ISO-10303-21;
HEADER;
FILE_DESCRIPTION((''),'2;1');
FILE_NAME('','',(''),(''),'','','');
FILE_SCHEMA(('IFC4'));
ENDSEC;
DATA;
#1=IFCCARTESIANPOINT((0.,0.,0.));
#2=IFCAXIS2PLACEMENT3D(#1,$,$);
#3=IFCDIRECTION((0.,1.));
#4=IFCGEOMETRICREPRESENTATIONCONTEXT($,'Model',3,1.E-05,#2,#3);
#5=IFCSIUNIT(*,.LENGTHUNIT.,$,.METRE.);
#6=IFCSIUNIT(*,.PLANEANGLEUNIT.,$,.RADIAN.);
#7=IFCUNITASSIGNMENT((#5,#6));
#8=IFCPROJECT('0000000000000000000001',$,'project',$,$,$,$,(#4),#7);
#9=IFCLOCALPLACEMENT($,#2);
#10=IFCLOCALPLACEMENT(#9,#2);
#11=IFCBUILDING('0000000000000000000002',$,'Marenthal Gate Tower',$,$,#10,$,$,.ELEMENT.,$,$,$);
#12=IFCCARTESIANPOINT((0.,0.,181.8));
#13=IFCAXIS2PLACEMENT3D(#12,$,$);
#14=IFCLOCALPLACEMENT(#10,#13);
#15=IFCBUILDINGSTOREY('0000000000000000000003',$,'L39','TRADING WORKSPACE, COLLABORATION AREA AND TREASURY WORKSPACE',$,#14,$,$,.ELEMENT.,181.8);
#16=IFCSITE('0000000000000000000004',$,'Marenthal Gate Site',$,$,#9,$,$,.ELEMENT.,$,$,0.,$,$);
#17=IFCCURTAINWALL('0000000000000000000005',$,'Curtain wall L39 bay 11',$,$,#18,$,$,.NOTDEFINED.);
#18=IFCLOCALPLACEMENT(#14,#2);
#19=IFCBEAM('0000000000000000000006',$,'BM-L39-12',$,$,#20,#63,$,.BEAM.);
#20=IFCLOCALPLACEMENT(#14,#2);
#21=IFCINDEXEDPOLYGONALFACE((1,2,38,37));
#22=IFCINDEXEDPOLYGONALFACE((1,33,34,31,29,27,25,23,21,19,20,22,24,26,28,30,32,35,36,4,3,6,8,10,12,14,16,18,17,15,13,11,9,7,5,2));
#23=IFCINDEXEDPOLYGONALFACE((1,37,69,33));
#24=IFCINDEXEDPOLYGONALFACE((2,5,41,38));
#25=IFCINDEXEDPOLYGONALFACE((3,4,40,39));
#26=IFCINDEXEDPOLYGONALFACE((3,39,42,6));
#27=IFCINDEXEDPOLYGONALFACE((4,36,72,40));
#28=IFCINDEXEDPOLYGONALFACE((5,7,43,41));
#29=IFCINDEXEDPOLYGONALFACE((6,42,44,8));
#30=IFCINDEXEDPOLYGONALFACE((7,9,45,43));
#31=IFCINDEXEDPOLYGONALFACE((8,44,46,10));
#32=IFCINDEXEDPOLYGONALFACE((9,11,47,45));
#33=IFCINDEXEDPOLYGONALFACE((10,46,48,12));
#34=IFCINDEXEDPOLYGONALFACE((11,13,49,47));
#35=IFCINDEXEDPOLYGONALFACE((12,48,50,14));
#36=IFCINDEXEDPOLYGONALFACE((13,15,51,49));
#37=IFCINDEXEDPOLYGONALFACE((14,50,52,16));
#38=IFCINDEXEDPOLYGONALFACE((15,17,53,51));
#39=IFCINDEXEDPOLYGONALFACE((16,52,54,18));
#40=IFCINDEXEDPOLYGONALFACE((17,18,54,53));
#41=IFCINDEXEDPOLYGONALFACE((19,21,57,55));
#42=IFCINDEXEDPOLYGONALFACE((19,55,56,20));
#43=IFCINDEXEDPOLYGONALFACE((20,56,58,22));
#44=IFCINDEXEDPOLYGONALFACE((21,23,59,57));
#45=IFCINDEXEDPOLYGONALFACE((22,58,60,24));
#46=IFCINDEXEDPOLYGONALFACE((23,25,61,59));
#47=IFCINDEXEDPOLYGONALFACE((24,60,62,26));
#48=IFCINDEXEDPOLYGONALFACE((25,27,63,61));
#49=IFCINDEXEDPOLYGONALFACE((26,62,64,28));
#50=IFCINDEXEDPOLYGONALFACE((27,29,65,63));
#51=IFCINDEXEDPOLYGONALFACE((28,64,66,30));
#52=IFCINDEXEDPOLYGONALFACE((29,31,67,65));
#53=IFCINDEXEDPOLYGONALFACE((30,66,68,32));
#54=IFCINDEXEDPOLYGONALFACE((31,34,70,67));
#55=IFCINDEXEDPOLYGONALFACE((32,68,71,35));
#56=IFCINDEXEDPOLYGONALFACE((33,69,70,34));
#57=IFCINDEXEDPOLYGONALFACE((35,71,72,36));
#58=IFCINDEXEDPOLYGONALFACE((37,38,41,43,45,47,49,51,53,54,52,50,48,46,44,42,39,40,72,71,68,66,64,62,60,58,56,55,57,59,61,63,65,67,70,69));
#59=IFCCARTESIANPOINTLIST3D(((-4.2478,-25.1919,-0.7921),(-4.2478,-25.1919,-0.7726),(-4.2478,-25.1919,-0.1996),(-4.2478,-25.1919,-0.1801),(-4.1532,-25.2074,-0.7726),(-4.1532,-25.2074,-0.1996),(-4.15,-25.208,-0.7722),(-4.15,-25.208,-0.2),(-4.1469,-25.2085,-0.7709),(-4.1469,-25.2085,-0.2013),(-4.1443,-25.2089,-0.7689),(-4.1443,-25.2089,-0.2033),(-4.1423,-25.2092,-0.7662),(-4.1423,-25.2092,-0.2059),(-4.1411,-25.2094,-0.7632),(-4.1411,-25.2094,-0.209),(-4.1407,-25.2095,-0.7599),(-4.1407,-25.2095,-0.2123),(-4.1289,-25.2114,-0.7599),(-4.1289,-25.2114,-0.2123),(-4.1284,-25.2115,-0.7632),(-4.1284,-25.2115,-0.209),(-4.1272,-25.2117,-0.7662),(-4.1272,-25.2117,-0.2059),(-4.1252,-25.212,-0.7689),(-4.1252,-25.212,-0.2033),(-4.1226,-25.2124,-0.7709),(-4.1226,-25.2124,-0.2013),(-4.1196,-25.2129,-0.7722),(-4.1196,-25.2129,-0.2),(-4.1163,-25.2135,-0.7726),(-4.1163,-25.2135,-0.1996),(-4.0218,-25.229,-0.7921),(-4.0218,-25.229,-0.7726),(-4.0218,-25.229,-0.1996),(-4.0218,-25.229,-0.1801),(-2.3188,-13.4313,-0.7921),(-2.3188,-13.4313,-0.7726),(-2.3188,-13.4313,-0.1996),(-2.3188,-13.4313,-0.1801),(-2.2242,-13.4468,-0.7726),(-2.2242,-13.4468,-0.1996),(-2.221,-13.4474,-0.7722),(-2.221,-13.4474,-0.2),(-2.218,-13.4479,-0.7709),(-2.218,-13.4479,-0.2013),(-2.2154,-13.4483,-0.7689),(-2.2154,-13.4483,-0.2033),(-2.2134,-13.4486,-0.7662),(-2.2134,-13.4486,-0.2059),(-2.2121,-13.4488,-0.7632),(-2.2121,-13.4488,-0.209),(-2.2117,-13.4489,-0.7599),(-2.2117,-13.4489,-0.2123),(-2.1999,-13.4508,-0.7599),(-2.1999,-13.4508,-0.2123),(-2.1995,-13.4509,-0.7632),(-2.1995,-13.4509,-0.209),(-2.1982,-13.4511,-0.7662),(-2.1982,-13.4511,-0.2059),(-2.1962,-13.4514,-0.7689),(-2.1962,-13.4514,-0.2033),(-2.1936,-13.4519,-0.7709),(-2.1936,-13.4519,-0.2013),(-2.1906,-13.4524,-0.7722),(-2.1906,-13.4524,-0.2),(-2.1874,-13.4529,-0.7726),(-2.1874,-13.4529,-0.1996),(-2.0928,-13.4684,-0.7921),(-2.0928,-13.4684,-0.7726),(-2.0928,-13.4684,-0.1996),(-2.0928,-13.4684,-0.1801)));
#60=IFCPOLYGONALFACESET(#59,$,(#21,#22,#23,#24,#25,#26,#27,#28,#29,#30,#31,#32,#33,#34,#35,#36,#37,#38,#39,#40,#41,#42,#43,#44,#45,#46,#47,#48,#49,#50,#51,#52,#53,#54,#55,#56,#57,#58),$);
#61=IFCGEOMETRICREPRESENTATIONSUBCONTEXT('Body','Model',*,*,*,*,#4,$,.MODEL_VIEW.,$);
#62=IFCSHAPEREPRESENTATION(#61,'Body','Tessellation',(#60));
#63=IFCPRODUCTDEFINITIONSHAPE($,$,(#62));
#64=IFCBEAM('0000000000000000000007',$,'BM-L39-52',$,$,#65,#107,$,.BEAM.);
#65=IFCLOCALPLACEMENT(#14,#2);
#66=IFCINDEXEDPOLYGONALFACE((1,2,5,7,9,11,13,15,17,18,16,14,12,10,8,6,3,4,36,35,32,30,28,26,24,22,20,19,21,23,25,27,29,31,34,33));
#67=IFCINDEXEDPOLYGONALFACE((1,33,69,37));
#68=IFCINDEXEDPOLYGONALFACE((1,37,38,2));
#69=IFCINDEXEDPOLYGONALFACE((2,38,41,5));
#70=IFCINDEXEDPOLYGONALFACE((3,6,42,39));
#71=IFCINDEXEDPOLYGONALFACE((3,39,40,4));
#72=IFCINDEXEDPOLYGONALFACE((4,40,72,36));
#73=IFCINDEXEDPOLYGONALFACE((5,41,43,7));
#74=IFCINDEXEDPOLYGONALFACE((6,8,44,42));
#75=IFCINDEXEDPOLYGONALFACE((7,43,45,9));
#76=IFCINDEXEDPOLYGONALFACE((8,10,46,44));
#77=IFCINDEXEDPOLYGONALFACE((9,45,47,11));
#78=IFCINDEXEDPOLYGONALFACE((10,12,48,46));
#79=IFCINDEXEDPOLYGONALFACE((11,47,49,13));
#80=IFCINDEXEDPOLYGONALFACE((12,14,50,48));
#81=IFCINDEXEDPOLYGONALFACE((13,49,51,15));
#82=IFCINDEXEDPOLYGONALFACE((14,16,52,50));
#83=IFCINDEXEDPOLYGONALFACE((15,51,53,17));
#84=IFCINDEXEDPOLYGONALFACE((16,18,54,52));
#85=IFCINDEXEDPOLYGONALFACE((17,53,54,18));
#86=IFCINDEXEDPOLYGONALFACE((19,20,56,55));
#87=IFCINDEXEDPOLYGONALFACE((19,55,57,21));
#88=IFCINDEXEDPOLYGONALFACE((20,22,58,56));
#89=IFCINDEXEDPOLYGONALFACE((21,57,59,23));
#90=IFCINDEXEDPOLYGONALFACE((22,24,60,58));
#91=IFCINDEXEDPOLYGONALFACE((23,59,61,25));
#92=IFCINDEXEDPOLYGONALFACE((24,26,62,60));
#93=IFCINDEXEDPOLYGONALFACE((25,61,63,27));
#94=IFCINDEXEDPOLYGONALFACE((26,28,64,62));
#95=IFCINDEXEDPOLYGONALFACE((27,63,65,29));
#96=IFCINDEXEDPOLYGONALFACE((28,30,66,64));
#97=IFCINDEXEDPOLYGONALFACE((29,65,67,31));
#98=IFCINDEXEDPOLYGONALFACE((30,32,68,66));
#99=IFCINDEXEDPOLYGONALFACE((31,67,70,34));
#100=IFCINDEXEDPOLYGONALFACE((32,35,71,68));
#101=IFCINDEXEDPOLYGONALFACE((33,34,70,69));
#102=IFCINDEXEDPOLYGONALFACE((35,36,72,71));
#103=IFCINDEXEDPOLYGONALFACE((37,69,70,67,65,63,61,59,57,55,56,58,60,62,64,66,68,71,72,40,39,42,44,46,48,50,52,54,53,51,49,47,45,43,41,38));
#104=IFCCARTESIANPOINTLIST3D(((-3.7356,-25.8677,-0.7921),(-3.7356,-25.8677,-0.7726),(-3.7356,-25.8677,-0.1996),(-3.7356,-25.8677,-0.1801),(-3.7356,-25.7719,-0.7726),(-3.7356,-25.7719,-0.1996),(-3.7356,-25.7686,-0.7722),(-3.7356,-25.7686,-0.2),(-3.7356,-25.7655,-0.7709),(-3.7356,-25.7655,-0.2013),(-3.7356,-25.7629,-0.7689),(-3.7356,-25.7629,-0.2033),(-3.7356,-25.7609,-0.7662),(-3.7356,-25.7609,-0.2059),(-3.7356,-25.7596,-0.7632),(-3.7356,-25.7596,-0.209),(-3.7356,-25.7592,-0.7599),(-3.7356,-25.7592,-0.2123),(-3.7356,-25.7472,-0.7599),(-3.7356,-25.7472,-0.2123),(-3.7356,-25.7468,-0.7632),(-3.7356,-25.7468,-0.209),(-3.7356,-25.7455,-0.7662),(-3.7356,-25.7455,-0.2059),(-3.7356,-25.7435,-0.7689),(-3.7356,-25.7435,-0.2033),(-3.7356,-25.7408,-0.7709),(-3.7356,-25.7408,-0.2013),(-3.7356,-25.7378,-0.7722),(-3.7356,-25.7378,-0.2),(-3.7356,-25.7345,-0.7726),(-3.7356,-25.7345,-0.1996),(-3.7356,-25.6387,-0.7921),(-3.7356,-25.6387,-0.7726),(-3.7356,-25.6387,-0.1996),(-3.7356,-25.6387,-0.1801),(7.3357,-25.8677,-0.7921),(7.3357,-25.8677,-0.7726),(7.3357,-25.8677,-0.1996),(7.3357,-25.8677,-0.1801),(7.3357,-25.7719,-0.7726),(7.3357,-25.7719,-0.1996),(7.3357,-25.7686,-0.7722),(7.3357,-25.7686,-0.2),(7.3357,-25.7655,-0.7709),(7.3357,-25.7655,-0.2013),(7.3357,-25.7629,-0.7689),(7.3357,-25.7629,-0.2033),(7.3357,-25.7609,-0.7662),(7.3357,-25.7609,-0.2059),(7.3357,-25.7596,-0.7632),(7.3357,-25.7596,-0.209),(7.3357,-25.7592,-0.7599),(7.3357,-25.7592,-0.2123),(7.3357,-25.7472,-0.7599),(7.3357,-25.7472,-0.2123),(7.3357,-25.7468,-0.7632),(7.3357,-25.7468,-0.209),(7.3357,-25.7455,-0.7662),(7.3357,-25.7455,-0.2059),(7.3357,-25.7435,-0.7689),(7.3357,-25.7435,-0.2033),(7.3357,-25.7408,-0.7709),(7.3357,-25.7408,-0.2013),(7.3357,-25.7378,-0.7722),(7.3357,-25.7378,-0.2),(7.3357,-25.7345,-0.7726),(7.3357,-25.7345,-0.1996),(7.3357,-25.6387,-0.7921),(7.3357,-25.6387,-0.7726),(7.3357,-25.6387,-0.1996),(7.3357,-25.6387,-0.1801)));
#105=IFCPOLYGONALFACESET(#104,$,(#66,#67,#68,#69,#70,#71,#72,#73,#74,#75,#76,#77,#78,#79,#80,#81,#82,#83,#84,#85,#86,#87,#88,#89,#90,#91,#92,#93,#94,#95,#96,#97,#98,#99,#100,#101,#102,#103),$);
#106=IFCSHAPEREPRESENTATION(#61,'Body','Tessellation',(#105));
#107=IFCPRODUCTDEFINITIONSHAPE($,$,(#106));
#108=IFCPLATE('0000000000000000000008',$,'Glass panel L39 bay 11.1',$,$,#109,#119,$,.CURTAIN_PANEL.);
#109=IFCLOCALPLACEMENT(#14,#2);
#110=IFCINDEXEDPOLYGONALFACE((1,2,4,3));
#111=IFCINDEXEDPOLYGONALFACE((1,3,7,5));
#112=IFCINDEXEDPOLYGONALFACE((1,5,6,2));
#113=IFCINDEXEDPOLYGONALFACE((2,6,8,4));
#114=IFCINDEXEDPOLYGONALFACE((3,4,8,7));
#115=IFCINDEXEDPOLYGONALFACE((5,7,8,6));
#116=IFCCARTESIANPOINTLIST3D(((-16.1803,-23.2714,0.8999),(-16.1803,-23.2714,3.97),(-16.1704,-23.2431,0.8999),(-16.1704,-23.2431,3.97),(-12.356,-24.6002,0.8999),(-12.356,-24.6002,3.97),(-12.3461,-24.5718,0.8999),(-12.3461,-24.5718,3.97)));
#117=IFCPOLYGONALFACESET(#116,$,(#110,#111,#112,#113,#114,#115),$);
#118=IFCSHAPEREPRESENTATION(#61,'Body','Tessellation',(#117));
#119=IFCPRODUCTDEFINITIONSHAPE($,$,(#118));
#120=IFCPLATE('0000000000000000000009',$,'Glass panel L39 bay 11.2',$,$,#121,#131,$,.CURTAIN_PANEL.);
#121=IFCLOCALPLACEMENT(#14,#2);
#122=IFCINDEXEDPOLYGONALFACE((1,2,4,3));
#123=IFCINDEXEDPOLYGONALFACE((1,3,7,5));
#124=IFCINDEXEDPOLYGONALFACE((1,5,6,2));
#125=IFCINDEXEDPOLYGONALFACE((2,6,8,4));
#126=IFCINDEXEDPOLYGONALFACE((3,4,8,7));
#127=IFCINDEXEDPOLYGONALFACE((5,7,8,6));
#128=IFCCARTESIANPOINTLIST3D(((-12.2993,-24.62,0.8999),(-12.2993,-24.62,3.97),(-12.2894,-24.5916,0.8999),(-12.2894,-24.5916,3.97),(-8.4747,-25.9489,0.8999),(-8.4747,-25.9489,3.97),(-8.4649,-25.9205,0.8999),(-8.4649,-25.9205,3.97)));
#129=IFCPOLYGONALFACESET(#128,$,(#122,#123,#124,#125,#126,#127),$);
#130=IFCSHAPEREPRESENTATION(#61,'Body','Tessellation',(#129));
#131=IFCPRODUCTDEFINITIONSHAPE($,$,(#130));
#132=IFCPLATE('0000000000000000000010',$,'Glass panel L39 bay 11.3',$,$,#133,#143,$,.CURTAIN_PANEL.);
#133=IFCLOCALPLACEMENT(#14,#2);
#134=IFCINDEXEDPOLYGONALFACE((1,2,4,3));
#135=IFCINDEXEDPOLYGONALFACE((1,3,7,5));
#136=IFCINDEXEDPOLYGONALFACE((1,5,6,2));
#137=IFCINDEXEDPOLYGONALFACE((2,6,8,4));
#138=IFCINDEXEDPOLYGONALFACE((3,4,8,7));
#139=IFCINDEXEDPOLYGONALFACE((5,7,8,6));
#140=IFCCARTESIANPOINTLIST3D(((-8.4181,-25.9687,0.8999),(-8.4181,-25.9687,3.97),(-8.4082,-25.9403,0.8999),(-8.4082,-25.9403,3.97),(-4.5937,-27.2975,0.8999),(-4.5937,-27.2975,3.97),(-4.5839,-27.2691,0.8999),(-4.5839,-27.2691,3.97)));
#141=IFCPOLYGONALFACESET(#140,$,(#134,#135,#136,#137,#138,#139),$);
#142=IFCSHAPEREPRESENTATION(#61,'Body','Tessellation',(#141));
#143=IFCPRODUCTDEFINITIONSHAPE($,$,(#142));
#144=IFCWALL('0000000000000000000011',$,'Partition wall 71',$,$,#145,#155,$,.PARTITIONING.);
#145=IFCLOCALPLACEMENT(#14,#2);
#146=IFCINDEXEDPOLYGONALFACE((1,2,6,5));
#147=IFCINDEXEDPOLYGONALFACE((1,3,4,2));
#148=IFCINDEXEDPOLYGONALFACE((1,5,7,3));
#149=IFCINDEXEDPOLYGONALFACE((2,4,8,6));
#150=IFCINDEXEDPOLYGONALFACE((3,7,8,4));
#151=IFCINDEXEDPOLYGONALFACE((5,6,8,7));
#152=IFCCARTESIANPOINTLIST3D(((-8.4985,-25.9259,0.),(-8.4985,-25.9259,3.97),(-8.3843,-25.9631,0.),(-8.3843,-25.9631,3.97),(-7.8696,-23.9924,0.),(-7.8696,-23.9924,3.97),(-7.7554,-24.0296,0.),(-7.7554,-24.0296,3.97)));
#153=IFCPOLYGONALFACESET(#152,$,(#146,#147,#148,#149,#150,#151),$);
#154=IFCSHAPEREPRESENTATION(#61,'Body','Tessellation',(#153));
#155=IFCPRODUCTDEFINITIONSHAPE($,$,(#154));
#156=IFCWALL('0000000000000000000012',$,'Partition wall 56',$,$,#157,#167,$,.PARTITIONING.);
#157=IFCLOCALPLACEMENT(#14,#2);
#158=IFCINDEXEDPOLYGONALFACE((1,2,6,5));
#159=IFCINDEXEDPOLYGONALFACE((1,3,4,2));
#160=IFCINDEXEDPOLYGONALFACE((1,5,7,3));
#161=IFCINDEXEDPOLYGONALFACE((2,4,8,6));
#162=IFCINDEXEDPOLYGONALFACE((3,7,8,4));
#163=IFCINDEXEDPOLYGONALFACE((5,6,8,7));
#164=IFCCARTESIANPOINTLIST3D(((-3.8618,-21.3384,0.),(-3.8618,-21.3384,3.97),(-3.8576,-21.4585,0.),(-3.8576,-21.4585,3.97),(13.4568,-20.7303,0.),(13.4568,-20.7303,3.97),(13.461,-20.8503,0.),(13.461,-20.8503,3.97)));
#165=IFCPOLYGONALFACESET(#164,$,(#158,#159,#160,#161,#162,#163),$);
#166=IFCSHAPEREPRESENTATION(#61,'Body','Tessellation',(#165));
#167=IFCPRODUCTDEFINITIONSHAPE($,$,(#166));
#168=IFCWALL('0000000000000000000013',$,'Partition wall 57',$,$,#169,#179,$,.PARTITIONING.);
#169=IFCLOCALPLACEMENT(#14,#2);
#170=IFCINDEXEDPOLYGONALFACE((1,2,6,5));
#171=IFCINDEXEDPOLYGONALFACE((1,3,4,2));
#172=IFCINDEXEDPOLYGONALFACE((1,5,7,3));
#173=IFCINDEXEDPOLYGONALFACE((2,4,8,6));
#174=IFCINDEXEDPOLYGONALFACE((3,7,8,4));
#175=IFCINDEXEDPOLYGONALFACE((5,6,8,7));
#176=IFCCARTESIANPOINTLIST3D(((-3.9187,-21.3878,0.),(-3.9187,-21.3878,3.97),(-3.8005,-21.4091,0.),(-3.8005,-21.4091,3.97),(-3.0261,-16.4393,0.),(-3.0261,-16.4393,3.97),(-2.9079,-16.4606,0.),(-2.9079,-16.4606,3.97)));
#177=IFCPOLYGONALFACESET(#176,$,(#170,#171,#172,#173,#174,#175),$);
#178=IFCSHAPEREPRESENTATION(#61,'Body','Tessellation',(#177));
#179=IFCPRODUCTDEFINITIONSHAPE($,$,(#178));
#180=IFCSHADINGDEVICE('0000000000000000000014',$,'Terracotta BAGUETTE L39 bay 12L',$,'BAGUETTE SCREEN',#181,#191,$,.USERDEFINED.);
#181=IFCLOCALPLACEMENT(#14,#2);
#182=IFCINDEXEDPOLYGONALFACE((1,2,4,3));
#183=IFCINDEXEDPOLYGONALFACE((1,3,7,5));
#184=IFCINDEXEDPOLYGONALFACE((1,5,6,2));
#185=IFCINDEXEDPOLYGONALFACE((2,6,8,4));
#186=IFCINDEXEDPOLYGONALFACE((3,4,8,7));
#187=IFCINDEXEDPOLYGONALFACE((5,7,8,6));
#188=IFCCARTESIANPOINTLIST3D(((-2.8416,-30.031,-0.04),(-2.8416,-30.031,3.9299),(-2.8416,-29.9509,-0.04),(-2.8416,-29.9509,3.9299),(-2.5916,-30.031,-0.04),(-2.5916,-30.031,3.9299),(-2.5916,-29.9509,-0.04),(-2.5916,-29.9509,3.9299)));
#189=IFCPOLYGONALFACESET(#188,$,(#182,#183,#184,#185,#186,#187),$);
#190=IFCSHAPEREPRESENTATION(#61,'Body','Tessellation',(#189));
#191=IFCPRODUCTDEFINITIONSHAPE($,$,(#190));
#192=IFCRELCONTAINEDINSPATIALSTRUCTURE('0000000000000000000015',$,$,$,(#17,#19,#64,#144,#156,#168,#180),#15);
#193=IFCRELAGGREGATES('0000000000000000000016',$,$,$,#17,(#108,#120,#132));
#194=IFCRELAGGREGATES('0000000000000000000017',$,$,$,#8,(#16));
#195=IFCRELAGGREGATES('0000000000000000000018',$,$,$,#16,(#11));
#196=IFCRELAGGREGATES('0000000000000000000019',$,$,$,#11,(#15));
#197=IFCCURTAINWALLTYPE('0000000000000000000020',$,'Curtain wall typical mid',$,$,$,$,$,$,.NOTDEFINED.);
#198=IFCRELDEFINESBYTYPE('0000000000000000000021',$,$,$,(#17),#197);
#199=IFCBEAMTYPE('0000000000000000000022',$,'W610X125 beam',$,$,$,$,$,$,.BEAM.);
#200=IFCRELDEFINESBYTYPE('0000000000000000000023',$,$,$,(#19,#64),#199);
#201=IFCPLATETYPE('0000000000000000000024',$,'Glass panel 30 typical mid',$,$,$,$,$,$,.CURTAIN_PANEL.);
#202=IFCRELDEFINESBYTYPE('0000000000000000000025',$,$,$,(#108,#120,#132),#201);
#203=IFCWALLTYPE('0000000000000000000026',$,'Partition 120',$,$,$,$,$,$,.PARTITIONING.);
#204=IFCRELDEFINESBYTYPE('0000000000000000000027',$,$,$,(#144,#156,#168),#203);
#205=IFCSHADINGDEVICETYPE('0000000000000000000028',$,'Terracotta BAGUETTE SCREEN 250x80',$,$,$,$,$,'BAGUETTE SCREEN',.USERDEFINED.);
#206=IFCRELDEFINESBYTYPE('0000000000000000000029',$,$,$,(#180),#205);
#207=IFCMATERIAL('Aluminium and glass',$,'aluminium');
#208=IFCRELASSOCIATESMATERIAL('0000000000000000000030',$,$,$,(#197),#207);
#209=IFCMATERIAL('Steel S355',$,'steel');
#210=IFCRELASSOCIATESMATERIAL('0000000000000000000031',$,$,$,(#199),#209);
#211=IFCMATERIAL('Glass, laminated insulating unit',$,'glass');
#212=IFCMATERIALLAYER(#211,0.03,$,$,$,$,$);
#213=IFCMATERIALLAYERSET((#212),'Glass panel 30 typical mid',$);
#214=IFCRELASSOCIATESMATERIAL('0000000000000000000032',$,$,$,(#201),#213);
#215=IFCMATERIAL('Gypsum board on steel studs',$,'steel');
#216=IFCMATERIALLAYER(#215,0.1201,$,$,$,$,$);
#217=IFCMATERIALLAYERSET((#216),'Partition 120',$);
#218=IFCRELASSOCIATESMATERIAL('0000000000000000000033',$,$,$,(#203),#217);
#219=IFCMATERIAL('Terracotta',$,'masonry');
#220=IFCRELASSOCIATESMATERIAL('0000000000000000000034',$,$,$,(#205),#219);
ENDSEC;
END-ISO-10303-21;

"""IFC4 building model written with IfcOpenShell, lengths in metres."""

from ifc_helpers import new_model, si_unit, direction, frame, frame_2d, origin, origin_2d, place, context, subcontext, project, spatial, rectangle, i_section, extrude, material, layer, layer_set, material_profile, profile_set, type_object, element, aggregate, save


model = new_model("IFC4")

# Units and contexts
model_context = context("Model", 3, precision=1e-05, world=origin(), true_north=direction((0.0, 1.0)))
body_context = subcontext(model_context, "Body", "Model", "MODEL_VIEW")
ifc_project = project(units=[si_unit("LENGTHUNIT", "METRE"), si_unit("PLANEANGLEUNIT", "RADIAN")], contexts=[model_context])

# Site, building, storey
site_placement = place(None, origin())
site = spatial("IfcSite", under=ifc_project, at=site_placement, Name="Marenthal Gate Site", CompositionType="ELEMENT", RefElevation=0.0)
building_placement = place(site_placement, origin())
building = spatial("IfcBuilding", under=site, at=building_placement, Name="Marenthal Gate Tower", CompositionType="ELEMENT")
storey_placement = place(building_placement, frame((0.0, 0.0, 181.8)))
storey = spatial("IfcBuildingStorey", under=building, at=storey_placement, Name="L39", Description="TRADING WORKSPACE, COLLABORATION AREA AND TREASURY WORKSPACE", CompositionType="ELEMENT", Elevation=181.8)

# Curtain wall
ifc_material_1 = material(Name="Aluminium and glass", Category="aluminium")
curtain_wall_type = type_object("IfcCurtainWallType", Name="Curtain wall typical mid", PredefinedType="NOTDEFINED", material=ifc_material_1)
curtain_wall_placement = place(storey_placement, origin())
curtain_wall = element("IfcCurtainWall", 1, at=curtain_wall_placement, inside=storey, type_object=curtain_wall_type, Name="Curtain wall L39 bay 11", PredefinedType="NOTDEFINED")

# Beams
ifc_material_2 = material(Name="Steel S355", Category="steel")
ifc_material_profile_1 = material_profile(ifc_material_2, i_section(OverallWidth=0.229, OverallDepth=0.6121, WebThickness=0.012, FlangeThickness=0.0195, FilletRadius=0.0127, at=origin_2d()), Name="W610X125")
ifc_profile_set_1 = profile_set([ifc_material_profile_1], Name="Steel S355")
beam_type_1 = type_object("IfcBeamType", Name="W610X125 beam", PredefinedType="BEAM", material=ifc_profile_set_1)
beam_1_placement = place(storey_placement, frame((-4.1348, -25.2104, -0.4861), z_axis=(0.161857, 0.986814, 0.0), x_axis=(-0.986814, 0.161857, 0.0)))
element("IfcBeam", 2, at=beam_1_placement, inside=storey, type_object=beam_type_1, Name="BM-L39-12", PredefinedType="BEAM", context=body_context, shape_type="SweptSolid", body=[
    extrude(i_section(OverallWidth=0.229, OverallDepth=0.6121, WebThickness=0.012, FlangeThickness=0.0195, FilletRadius=0.0127, at=origin_2d()), origin(), (0.0, 0.0, 1.0), 11.9177),
])
beam_2_placement = place(storey_placement, frame((-3.7356, -25.7532, -0.4861), z_axis=(1.0, 0.0, 0.0), x_axis=(0.0, 1.0, 0.0)))
element("IfcBeam", 3, at=beam_2_placement, inside=storey, type_object=beam_type_1, Name="BM-L39-52", PredefinedType="BEAM", context=body_context, shape_type="SweptSolid", body=[
    extrude(i_section(OverallWidth=0.229, OverallDepth=0.6121, WebThickness=0.012, FlangeThickness=0.0195, FilletRadius=0.0127, at=origin_2d()), origin(), (0.0, 0.0, 1.0), 11.0713),
])

# Plates
ifc_material_3 = material(Name="Glass, laminated insulating unit", Category="glass")
ifc_layer_1 = layer(ifc_material_3, 0.03)
ifc_layer_set_1 = layer_set([ifc_layer_1], Name="Glass panel 30 typical mid")
plate_type = type_object("IfcPlateType", Name="Glass panel 30 typical mid", PredefinedType="CURTAIN_PANEL", material=ifc_layer_set_1)
plate_1_placement = place(storey_placement, frame((-14.2632, -23.9216, 0.8999), z_axis=(0.0, 0.0, 1.0), x_axis=(0.944604, -0.328211, 0.0)))
plate_1 = element("IfcPlate", 4, at=plate_1_placement, type_object=plate_type, Name="Glass panel L39 bay 11.1", PredefinedType="CURTAIN_PANEL", context=body_context, shape_type="SweptSolid", body=[
    extrude(rectangle(XDim=4.0486, YDim=0.03, at=origin_2d()), origin(), (0.0, 0.0, 1.0), 3.0701),
])
plate_2_placement = place(storey_placement, frame((-10.3821, -25.2703, 0.8999), z_axis=(0.0, 0.0, 1.0), x_axis=(0.944604, -0.328211, 0.0)))
plate_2 = element("IfcPlate", 5, at=plate_2_placement, type_object=plate_type, Name="Glass panel L39 bay 11.2", PredefinedType="CURTAIN_PANEL", context=body_context, shape_type="SweptSolid", body=[
    extrude(rectangle(XDim=4.0488, YDim=0.03, at=origin_2d()), origin(), (0.0, 0.0, 1.0), 3.0701),
])
plate_3_placement = place(storey_placement, frame((-6.501, -26.6189, 0.8999), z_axis=(0.0, 0.0, 1.0), x_axis=(0.944604, -0.328211, 0.0)))
plate_3 = element("IfcPlate", 6, at=plate_3_placement, type_object=plate_type, Name="Glass panel L39 bay 11.3", PredefinedType="CURTAIN_PANEL", context=body_context, shape_type="SweptSolid", body=[
    extrude(rectangle(XDim=4.0486, YDim=0.03, at=origin_2d()), origin(), (0.0, 0.0, 1.0), 3.0701),
])
aggregate(curtain_wall, [plate_1, plate_2, plate_3])

# Walls
ifc_material_4 = material(Name="Gypsum board on steel studs", Category="steel")
ifc_layer_2 = layer(ifc_material_4, 0.1201)
ifc_layer_set_2 = layer_set([ifc_layer_2], Name="Partition 120")
wall_type_1 = type_object("IfcWallType", Name="Partition 120", PredefinedType="PARTITIONING", material=ifc_layer_set_2)
wall_1_placement = place(storey_placement, frame((-7.8125, -24.011, 0.0), z_axis=(0.0, 0.0, 1.0), x_axis=(-0.309303, -0.950963, 0.0)))
element("IfcWall", 7, at=wall_1_placement, inside=storey, type_object=wall_type_1, Name="Partition wall 71", PredefinedType="PARTITIONING", context=body_context, shape_type="SweptSolid", body=[
    extrude(rectangle(XDim=2.0332, YDim=0.1201, at=frame_2d((1.0166, 0.0))), origin(), (0.0, 0.0, 1.0), 3.97),
])
wall_2_placement = place(storey_placement, frame((-3.8596, -21.3984, 0.0), z_axis=(0.0, 0.0, 1.0), x_axis=(0.999384, 0.035094, 0.0)))
element("IfcWall", 8, at=wall_2_placement, inside=storey, type_object=wall_type_1, Name="Partition wall 56", PredefinedType="PARTITIONING", context=body_context, shape_type="SweptSolid", body=[
    extrude(rectangle(XDim=17.3293, YDim=0.1201, at=frame_2d((8.6646, 0.0))), origin(), (0.0, 0.0, 1.0), 3.97),
])
wall_3_placement = place(storey_placement, frame((-3.8596, -21.3984, 0.0), z_axis=(0.0, 0.0, 1.0), x_axis=(0.177509, 0.984119, 0.0)))
element("IfcWall", 9, at=wall_3_placement, inside=storey, type_object=wall_type_1, Name="Partition wall 57", PredefinedType="PARTITIONING", context=body_context, shape_type="SweptSolid", body=[
    extrude(rectangle(XDim=5.0283, YDim=0.1201, at=frame_2d((2.5142, 0.0))), origin(), (0.0, 0.0, 1.0), 3.97),
])

# Shading device
ifc_material_5 = material(Name="Terracotta", Category="masonry")
ifc_material_profile_2 = material_profile(ifc_material_5, rectangle(XDim=0.25, YDim=0.0801, at=origin_2d()), Name="Terracotta baguette 250x80")
ifc_profile_set_2 = profile_set([ifc_material_profile_2], Name="Terracotta")
shading_device_type = type_object("IfcShadingDeviceType", Name="Terracotta BAGUETTE SCREEN 250x80", ElementType="BAGUETTE SCREEN", PredefinedType="USERDEFINED", material=ifc_profile_set_2)
shading_device_placement = place(storey_placement, frame((-2.7166, -29.991, -0.04), z_axis=(0.0, 0.0, 1.0), x_axis=(1.0, 0.0, 0.0)))
element("IfcShadingDevice", 10, at=shading_device_placement, inside=storey, type_object=shading_device_type, Name="Terracotta BAGUETTE L39 bay 12L", ObjectType="BAGUETTE SCREEN", PredefinedType="USERDEFINED", context=body_context, shape_type="SweptSolid", body=[
    extrude(rectangle(XDim=0.25, YDim=0.0801, at=origin_2d()), origin(), (0.0, 0.0, 1.0), 3.97),
])

save(model, "model.ifc")
